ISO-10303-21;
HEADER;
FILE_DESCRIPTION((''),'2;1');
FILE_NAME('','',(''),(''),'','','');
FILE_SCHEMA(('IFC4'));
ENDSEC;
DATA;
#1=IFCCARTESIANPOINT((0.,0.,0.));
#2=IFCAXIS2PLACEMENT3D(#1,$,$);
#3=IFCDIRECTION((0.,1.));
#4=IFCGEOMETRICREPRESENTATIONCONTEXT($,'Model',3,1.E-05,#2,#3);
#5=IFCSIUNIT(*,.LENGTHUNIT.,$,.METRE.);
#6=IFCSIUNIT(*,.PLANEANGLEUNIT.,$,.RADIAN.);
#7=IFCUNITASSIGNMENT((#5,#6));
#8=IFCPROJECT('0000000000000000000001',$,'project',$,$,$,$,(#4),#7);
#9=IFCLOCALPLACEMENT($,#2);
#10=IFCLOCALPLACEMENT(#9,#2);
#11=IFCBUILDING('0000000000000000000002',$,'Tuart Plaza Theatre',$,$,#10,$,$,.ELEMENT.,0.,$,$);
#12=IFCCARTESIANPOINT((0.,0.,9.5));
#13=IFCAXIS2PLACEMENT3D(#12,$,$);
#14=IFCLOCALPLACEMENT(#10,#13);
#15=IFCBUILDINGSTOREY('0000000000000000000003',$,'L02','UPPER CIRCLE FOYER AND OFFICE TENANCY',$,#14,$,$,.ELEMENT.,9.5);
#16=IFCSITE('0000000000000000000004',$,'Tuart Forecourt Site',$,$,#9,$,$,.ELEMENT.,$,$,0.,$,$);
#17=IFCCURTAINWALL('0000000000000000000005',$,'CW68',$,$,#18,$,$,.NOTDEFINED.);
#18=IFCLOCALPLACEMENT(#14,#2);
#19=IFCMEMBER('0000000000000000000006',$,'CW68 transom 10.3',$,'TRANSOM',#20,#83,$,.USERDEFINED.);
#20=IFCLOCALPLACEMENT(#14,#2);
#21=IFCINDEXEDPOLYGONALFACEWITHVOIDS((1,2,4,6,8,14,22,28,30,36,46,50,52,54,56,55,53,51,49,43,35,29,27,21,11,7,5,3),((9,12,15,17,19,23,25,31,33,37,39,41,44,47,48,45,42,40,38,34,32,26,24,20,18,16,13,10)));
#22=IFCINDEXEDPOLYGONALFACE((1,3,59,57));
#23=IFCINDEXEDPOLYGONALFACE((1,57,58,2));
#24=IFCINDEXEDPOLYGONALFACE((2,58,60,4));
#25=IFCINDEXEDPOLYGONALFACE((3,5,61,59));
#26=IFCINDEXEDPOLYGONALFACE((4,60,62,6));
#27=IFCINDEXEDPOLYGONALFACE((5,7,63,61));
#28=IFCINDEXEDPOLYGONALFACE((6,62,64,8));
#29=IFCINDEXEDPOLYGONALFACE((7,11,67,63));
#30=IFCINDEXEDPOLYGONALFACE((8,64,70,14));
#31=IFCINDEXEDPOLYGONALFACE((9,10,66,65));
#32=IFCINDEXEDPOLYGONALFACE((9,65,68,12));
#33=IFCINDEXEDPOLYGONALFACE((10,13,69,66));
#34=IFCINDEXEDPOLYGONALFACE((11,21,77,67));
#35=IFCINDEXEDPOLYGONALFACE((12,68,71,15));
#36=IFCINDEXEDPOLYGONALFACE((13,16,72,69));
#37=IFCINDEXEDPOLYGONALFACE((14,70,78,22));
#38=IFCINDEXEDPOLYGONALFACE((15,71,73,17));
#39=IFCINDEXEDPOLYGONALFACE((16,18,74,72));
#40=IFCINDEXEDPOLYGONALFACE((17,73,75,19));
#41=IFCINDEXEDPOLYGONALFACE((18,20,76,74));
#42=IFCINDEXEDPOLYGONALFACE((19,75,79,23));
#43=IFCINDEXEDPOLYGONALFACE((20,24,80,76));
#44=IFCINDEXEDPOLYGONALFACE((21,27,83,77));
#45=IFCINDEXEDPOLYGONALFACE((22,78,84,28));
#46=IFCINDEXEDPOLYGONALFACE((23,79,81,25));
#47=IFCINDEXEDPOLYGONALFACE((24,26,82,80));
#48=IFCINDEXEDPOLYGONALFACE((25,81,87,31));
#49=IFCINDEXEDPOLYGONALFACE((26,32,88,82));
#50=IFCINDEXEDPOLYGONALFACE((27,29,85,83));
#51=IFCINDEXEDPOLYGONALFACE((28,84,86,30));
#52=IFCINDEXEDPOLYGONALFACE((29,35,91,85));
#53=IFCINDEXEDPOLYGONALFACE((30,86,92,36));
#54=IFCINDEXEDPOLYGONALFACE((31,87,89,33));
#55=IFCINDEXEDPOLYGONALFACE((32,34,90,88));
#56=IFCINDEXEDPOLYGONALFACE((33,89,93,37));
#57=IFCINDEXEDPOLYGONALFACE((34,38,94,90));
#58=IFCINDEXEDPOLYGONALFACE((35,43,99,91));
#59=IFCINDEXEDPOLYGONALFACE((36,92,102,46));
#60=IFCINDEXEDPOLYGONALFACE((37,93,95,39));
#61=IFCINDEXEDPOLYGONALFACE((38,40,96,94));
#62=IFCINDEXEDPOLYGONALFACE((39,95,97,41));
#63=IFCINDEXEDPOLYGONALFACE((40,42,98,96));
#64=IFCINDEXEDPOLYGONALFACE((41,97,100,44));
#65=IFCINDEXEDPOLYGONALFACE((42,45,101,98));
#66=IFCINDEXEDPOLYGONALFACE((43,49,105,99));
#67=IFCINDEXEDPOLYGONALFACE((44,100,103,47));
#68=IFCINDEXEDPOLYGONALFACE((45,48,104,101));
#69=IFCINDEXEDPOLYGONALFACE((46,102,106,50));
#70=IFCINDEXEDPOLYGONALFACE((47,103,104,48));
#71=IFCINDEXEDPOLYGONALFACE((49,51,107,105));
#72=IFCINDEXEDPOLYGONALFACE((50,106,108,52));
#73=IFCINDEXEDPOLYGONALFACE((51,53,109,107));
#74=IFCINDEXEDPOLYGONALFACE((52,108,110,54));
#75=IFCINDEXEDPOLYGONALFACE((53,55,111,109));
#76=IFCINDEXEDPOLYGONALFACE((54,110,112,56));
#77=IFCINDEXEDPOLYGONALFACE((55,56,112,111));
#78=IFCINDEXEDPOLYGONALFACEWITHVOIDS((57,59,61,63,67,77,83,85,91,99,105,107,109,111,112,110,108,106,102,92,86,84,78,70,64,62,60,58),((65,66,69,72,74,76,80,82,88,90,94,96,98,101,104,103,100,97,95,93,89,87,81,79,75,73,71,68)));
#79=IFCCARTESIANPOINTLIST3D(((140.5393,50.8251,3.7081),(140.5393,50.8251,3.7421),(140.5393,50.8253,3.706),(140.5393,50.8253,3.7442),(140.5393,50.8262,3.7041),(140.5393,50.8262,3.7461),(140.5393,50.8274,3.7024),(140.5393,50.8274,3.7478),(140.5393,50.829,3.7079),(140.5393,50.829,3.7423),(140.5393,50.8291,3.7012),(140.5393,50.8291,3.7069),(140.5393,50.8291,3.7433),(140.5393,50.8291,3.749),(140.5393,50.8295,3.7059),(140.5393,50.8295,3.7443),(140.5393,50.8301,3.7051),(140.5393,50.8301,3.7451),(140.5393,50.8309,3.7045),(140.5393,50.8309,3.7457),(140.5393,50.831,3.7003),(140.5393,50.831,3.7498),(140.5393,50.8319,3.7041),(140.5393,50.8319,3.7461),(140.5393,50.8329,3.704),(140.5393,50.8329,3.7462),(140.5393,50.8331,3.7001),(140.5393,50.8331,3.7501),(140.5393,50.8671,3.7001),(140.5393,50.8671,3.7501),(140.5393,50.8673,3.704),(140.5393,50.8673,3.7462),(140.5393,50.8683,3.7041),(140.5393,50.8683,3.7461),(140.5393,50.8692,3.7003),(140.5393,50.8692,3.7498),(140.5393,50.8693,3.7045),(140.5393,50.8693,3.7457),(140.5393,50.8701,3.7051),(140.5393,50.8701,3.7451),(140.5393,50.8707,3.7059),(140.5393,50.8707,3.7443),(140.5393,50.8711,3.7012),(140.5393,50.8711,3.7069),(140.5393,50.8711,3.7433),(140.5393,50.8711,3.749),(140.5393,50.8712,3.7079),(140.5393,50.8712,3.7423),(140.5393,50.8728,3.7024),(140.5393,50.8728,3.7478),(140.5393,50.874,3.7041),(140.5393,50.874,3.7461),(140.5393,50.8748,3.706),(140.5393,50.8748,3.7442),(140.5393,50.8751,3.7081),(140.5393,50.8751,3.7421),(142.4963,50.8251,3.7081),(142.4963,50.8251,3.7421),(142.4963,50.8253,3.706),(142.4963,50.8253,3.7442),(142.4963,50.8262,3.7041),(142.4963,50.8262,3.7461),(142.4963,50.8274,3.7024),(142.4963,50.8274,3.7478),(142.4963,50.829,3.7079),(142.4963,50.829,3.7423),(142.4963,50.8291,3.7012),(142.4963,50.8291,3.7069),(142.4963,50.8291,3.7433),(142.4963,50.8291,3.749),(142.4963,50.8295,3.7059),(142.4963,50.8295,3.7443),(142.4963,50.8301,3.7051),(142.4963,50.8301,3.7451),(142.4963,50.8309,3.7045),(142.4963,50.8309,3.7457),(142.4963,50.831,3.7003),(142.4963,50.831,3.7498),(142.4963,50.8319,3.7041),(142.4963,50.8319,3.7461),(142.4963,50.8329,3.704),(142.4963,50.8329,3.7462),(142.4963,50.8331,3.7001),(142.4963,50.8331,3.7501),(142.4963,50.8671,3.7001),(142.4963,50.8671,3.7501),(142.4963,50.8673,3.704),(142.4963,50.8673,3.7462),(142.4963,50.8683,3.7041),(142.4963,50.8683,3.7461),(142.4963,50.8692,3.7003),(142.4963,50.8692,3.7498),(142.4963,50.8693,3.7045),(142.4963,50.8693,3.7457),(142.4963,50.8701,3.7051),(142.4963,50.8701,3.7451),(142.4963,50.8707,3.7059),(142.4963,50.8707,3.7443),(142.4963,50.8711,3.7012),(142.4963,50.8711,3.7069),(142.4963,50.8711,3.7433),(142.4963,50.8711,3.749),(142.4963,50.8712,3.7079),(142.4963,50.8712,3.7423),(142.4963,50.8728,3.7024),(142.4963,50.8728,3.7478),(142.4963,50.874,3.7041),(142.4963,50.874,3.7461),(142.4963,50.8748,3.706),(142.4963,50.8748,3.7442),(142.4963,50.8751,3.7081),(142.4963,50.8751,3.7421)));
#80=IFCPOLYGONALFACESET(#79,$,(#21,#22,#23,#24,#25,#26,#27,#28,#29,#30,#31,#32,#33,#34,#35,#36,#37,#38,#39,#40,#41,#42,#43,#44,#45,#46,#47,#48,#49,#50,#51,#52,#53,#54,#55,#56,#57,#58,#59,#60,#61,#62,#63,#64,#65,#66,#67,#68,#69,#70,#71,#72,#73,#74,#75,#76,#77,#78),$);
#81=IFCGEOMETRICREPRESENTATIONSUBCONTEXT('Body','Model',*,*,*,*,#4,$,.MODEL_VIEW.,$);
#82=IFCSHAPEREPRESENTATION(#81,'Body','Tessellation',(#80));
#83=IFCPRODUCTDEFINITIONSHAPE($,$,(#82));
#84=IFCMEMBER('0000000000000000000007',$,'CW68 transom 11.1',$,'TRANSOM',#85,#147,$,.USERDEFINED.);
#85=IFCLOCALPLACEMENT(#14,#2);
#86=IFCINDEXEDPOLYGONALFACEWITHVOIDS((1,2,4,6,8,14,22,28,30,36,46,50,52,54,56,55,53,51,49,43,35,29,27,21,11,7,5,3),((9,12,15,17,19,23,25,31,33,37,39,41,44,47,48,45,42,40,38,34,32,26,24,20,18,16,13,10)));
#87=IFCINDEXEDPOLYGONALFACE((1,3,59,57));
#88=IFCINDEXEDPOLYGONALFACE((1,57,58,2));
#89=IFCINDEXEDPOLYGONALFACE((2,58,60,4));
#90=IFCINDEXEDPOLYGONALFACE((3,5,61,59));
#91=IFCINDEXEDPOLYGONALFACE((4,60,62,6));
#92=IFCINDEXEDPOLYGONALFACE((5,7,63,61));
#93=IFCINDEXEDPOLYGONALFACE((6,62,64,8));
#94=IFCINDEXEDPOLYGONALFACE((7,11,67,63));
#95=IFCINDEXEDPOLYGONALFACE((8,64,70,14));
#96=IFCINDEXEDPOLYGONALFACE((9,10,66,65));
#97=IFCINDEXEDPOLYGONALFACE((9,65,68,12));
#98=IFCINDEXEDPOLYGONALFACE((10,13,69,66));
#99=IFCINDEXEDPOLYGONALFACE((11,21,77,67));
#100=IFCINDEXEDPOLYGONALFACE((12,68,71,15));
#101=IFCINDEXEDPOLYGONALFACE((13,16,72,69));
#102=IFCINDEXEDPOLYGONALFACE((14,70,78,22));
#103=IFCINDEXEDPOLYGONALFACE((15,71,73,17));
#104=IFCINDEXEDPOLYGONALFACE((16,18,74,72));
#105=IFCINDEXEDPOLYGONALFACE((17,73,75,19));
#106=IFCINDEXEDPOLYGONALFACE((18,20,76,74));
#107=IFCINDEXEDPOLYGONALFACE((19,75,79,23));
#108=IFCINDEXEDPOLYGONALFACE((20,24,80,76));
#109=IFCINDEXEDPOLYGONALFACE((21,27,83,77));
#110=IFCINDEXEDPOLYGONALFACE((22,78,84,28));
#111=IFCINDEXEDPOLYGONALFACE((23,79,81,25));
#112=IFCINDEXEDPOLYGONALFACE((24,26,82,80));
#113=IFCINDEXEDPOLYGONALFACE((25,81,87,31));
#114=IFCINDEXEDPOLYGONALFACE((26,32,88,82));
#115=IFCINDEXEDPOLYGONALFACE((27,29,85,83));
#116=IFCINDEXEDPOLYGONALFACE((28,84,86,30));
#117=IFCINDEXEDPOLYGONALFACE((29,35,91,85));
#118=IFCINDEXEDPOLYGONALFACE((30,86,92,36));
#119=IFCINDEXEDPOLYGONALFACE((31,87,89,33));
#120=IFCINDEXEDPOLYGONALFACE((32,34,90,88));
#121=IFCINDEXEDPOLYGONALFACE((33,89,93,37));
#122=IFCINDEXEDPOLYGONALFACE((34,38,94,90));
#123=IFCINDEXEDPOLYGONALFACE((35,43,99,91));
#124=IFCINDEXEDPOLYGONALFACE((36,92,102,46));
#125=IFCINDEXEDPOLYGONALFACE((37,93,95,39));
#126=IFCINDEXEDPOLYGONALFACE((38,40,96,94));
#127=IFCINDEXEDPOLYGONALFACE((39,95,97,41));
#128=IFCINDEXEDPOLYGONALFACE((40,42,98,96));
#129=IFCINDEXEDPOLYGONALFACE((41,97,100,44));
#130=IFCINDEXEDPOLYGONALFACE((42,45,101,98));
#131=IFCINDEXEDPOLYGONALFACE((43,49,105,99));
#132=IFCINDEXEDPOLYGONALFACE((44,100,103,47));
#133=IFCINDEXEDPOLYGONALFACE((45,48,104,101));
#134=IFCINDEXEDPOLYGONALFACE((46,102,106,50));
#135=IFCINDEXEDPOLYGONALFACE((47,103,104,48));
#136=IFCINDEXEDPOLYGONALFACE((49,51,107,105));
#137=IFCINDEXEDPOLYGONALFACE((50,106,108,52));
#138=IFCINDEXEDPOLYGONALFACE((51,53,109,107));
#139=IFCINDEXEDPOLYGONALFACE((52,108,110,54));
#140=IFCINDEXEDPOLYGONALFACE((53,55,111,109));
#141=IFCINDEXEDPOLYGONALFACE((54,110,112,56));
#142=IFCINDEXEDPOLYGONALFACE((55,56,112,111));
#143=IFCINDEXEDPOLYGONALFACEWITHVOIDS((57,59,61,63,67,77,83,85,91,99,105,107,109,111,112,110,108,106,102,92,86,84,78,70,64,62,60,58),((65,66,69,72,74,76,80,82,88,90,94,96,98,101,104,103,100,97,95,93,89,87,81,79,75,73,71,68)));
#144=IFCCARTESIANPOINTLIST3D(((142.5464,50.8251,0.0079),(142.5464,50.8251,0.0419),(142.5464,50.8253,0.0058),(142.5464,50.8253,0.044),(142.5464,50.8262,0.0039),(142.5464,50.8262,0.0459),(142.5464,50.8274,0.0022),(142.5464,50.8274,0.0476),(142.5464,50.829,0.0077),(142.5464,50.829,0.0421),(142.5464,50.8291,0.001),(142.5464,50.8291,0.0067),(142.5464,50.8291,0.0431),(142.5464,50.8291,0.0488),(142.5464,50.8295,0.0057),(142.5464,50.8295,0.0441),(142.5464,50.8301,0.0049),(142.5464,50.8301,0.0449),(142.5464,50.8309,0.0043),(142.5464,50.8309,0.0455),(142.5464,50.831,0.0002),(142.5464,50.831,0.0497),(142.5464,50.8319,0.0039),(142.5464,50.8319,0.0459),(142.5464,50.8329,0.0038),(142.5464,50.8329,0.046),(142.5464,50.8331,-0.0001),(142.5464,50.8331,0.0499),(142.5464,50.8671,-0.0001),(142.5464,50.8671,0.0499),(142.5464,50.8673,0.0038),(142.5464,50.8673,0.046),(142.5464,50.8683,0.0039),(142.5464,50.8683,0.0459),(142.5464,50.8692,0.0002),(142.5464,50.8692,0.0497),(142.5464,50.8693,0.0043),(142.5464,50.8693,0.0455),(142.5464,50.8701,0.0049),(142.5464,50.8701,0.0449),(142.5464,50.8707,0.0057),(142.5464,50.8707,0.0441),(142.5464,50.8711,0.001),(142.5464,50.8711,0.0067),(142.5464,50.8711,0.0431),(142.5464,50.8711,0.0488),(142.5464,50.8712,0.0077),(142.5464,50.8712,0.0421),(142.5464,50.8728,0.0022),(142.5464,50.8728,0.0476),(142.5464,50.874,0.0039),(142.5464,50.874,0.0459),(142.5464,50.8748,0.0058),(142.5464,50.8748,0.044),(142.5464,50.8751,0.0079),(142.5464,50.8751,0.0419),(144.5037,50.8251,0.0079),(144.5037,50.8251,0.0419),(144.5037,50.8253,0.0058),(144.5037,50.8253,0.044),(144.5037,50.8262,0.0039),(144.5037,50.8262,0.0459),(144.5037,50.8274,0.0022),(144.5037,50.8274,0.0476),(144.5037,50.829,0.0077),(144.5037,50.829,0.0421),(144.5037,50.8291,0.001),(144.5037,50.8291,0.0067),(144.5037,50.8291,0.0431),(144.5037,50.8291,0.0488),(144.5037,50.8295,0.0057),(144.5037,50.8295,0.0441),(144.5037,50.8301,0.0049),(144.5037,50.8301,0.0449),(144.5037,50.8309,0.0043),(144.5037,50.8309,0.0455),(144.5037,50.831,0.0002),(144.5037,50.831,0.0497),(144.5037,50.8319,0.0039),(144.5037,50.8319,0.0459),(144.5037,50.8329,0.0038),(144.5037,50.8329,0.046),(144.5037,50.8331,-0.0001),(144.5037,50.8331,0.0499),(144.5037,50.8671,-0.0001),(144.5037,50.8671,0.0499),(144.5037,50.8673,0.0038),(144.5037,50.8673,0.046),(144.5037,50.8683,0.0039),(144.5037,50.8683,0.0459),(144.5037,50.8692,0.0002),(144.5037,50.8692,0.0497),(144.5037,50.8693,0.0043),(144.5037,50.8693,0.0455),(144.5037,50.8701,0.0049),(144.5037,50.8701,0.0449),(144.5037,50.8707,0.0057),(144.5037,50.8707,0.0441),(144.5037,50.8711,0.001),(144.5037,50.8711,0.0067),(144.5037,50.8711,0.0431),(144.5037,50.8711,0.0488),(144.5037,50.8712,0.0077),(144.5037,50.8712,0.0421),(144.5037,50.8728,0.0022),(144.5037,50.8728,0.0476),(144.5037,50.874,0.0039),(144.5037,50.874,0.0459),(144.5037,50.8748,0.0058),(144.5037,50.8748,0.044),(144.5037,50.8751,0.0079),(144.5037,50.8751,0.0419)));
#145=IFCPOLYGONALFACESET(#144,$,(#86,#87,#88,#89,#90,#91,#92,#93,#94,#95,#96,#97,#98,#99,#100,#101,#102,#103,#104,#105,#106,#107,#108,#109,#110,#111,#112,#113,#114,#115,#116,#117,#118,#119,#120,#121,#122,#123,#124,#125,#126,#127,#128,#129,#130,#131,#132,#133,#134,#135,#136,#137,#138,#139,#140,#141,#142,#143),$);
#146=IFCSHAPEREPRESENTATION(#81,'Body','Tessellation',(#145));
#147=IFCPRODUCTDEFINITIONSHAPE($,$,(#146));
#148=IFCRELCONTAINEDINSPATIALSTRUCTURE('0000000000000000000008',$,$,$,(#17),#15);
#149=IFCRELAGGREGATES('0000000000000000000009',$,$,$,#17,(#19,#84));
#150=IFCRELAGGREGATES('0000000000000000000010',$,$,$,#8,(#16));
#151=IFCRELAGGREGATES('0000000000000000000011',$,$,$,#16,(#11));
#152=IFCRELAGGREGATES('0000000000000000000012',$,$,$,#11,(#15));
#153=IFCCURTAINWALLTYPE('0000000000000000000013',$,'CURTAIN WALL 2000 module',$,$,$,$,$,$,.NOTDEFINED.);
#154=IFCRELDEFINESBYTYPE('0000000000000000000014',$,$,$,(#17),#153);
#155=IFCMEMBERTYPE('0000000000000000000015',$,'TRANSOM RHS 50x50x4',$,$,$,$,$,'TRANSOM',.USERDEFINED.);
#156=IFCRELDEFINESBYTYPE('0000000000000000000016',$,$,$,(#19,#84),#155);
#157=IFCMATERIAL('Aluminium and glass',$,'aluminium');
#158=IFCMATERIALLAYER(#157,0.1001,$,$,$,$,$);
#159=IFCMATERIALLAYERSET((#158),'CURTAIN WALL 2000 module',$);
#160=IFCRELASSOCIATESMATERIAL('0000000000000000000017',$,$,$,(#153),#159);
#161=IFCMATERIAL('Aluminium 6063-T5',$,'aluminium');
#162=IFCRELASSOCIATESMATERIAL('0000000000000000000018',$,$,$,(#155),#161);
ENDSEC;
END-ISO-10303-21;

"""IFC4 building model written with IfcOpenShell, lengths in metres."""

from ifc_helpers import new_model, si_unit, direction, frame, origin, origin_2d, place, context, subcontext, project, spatial, hollow_rectangle, extrude, material, layer, layer_set, material_profile, profile_set, type_object, element, aggregate, save


model = new_model("IFC4")

# Units and contexts
model_context = context("Model", 3, precision=1e-05, world=origin(), true_north=direction((0.0, 1.0)))
body_context = subcontext(model_context, "Body", "Model", "MODEL_VIEW")
ifc_project = project(units=[si_unit("LENGTHUNIT", "METRE"), si_unit("PLANEANGLEUNIT", "RADIAN")], contexts=[model_context])

# Site, building, storey
site_placement = place(None, origin())
site = spatial("IfcSite", under=ifc_project, at=site_placement, Name="Tuart Forecourt Site", CompositionType="ELEMENT", RefElevation=0.0)
building_placement = place(site_placement, origin())
building = spatial("IfcBuilding", under=site, at=building_placement, Name="Tuart Plaza Theatre", CompositionType="ELEMENT", ElevationOfRefHeight=0.0)
storey_placement = place(building_placement, frame((0.0, 0.0, 9.5)))
storey = spatial("IfcBuildingStorey", under=building, at=storey_placement, Name="L02", Description="UPPER CIRCLE FOYER AND OFFICE TENANCY", CompositionType="ELEMENT", Elevation=9.5)

# Curtain wall, members
ifc_material_1 = material(Name="Aluminium and glass", Category="aluminium")
ifc_layer_1 = layer(ifc_material_1, 0.1001)
ifc_layer_set_1 = layer_set([ifc_layer_1], Name="CURTAIN WALL 2000 module")
curtain_wall_type = type_object("IfcCurtainWallType", Name="CURTAIN WALL 2000 module", PredefinedType="NOTDEFINED", material=ifc_layer_set_1)
curtain_wall_placement = place(storey_placement, origin())
curtain_wall = element("IfcCurtainWall", 1, at=curtain_wall_placement, inside=storey, type_object=curtain_wall_type, Name="CW68", PredefinedType="NOTDEFINED")
ifc_material_2 = material(Name="Aluminium 6063-T5", Category="aluminium")
ifc_material_profile_1 = material_profile(ifc_material_2, hollow_rectangle(XDim=0.05, YDim=0.05, WallThickness=0.0039, InnerFilletRadius=0.0039, OuterFilletRadius=0.0081, at=origin_2d()), Name="RHS 50x50x4")
ifc_profile_set_1 = profile_set([ifc_material_profile_1], Name="Aluminium 6063-T5")
member_type_1 = type_object("IfcMemberType", Name="TRANSOM RHS 50x50x4", ElementType="TRANSOM", PredefinedType="USERDEFINED", material=ifc_profile_set_1)
member_1_placement = place(storey_placement, frame((140.5393, 50.8501, 3.7251), z_axis=(1.0, 0.0, 0.0), x_axis=(0.0, 1.0, 0.0)))
member_1 = element("IfcMember", 2, at=member_1_placement, type_object=member_type_1, Name="CW68 transom 10.3", ObjectType="TRANSOM", PredefinedType="USERDEFINED", context=body_context, shape_type="SweptSolid", body=[
    extrude(hollow_rectangle(XDim=0.05, YDim=0.05, WallThickness=0.0039, InnerFilletRadius=0.0039, OuterFilletRadius=0.0081, at=origin_2d()), origin(), (0.0, 0.0, 1.0), 1.957),
])
member_2_placement = place(storey_placement, frame((142.5464, 50.8501, 0.0249), z_axis=(1.0, 0.0, 0.0), x_axis=(0.0, 1.0, 0.0)))
member_2 = element("IfcMember", 3, at=member_2_placement, type_object=member_type_1, Name="CW68 transom 11.1", ObjectType="TRANSOM", PredefinedType="USERDEFINED", context=body_context, shape_type="SweptSolid", body=[
    extrude(hollow_rectangle(XDim=0.05, YDim=0.05, WallThickness=0.0039, InnerFilletRadius=0.0039, OuterFilletRadius=0.0081, at=origin_2d()), origin(), (0.0, 0.0, 1.0), 1.9573),
])
aggregate(curtain_wall, [member_1, member_2])

save(model, "model.ifc")
